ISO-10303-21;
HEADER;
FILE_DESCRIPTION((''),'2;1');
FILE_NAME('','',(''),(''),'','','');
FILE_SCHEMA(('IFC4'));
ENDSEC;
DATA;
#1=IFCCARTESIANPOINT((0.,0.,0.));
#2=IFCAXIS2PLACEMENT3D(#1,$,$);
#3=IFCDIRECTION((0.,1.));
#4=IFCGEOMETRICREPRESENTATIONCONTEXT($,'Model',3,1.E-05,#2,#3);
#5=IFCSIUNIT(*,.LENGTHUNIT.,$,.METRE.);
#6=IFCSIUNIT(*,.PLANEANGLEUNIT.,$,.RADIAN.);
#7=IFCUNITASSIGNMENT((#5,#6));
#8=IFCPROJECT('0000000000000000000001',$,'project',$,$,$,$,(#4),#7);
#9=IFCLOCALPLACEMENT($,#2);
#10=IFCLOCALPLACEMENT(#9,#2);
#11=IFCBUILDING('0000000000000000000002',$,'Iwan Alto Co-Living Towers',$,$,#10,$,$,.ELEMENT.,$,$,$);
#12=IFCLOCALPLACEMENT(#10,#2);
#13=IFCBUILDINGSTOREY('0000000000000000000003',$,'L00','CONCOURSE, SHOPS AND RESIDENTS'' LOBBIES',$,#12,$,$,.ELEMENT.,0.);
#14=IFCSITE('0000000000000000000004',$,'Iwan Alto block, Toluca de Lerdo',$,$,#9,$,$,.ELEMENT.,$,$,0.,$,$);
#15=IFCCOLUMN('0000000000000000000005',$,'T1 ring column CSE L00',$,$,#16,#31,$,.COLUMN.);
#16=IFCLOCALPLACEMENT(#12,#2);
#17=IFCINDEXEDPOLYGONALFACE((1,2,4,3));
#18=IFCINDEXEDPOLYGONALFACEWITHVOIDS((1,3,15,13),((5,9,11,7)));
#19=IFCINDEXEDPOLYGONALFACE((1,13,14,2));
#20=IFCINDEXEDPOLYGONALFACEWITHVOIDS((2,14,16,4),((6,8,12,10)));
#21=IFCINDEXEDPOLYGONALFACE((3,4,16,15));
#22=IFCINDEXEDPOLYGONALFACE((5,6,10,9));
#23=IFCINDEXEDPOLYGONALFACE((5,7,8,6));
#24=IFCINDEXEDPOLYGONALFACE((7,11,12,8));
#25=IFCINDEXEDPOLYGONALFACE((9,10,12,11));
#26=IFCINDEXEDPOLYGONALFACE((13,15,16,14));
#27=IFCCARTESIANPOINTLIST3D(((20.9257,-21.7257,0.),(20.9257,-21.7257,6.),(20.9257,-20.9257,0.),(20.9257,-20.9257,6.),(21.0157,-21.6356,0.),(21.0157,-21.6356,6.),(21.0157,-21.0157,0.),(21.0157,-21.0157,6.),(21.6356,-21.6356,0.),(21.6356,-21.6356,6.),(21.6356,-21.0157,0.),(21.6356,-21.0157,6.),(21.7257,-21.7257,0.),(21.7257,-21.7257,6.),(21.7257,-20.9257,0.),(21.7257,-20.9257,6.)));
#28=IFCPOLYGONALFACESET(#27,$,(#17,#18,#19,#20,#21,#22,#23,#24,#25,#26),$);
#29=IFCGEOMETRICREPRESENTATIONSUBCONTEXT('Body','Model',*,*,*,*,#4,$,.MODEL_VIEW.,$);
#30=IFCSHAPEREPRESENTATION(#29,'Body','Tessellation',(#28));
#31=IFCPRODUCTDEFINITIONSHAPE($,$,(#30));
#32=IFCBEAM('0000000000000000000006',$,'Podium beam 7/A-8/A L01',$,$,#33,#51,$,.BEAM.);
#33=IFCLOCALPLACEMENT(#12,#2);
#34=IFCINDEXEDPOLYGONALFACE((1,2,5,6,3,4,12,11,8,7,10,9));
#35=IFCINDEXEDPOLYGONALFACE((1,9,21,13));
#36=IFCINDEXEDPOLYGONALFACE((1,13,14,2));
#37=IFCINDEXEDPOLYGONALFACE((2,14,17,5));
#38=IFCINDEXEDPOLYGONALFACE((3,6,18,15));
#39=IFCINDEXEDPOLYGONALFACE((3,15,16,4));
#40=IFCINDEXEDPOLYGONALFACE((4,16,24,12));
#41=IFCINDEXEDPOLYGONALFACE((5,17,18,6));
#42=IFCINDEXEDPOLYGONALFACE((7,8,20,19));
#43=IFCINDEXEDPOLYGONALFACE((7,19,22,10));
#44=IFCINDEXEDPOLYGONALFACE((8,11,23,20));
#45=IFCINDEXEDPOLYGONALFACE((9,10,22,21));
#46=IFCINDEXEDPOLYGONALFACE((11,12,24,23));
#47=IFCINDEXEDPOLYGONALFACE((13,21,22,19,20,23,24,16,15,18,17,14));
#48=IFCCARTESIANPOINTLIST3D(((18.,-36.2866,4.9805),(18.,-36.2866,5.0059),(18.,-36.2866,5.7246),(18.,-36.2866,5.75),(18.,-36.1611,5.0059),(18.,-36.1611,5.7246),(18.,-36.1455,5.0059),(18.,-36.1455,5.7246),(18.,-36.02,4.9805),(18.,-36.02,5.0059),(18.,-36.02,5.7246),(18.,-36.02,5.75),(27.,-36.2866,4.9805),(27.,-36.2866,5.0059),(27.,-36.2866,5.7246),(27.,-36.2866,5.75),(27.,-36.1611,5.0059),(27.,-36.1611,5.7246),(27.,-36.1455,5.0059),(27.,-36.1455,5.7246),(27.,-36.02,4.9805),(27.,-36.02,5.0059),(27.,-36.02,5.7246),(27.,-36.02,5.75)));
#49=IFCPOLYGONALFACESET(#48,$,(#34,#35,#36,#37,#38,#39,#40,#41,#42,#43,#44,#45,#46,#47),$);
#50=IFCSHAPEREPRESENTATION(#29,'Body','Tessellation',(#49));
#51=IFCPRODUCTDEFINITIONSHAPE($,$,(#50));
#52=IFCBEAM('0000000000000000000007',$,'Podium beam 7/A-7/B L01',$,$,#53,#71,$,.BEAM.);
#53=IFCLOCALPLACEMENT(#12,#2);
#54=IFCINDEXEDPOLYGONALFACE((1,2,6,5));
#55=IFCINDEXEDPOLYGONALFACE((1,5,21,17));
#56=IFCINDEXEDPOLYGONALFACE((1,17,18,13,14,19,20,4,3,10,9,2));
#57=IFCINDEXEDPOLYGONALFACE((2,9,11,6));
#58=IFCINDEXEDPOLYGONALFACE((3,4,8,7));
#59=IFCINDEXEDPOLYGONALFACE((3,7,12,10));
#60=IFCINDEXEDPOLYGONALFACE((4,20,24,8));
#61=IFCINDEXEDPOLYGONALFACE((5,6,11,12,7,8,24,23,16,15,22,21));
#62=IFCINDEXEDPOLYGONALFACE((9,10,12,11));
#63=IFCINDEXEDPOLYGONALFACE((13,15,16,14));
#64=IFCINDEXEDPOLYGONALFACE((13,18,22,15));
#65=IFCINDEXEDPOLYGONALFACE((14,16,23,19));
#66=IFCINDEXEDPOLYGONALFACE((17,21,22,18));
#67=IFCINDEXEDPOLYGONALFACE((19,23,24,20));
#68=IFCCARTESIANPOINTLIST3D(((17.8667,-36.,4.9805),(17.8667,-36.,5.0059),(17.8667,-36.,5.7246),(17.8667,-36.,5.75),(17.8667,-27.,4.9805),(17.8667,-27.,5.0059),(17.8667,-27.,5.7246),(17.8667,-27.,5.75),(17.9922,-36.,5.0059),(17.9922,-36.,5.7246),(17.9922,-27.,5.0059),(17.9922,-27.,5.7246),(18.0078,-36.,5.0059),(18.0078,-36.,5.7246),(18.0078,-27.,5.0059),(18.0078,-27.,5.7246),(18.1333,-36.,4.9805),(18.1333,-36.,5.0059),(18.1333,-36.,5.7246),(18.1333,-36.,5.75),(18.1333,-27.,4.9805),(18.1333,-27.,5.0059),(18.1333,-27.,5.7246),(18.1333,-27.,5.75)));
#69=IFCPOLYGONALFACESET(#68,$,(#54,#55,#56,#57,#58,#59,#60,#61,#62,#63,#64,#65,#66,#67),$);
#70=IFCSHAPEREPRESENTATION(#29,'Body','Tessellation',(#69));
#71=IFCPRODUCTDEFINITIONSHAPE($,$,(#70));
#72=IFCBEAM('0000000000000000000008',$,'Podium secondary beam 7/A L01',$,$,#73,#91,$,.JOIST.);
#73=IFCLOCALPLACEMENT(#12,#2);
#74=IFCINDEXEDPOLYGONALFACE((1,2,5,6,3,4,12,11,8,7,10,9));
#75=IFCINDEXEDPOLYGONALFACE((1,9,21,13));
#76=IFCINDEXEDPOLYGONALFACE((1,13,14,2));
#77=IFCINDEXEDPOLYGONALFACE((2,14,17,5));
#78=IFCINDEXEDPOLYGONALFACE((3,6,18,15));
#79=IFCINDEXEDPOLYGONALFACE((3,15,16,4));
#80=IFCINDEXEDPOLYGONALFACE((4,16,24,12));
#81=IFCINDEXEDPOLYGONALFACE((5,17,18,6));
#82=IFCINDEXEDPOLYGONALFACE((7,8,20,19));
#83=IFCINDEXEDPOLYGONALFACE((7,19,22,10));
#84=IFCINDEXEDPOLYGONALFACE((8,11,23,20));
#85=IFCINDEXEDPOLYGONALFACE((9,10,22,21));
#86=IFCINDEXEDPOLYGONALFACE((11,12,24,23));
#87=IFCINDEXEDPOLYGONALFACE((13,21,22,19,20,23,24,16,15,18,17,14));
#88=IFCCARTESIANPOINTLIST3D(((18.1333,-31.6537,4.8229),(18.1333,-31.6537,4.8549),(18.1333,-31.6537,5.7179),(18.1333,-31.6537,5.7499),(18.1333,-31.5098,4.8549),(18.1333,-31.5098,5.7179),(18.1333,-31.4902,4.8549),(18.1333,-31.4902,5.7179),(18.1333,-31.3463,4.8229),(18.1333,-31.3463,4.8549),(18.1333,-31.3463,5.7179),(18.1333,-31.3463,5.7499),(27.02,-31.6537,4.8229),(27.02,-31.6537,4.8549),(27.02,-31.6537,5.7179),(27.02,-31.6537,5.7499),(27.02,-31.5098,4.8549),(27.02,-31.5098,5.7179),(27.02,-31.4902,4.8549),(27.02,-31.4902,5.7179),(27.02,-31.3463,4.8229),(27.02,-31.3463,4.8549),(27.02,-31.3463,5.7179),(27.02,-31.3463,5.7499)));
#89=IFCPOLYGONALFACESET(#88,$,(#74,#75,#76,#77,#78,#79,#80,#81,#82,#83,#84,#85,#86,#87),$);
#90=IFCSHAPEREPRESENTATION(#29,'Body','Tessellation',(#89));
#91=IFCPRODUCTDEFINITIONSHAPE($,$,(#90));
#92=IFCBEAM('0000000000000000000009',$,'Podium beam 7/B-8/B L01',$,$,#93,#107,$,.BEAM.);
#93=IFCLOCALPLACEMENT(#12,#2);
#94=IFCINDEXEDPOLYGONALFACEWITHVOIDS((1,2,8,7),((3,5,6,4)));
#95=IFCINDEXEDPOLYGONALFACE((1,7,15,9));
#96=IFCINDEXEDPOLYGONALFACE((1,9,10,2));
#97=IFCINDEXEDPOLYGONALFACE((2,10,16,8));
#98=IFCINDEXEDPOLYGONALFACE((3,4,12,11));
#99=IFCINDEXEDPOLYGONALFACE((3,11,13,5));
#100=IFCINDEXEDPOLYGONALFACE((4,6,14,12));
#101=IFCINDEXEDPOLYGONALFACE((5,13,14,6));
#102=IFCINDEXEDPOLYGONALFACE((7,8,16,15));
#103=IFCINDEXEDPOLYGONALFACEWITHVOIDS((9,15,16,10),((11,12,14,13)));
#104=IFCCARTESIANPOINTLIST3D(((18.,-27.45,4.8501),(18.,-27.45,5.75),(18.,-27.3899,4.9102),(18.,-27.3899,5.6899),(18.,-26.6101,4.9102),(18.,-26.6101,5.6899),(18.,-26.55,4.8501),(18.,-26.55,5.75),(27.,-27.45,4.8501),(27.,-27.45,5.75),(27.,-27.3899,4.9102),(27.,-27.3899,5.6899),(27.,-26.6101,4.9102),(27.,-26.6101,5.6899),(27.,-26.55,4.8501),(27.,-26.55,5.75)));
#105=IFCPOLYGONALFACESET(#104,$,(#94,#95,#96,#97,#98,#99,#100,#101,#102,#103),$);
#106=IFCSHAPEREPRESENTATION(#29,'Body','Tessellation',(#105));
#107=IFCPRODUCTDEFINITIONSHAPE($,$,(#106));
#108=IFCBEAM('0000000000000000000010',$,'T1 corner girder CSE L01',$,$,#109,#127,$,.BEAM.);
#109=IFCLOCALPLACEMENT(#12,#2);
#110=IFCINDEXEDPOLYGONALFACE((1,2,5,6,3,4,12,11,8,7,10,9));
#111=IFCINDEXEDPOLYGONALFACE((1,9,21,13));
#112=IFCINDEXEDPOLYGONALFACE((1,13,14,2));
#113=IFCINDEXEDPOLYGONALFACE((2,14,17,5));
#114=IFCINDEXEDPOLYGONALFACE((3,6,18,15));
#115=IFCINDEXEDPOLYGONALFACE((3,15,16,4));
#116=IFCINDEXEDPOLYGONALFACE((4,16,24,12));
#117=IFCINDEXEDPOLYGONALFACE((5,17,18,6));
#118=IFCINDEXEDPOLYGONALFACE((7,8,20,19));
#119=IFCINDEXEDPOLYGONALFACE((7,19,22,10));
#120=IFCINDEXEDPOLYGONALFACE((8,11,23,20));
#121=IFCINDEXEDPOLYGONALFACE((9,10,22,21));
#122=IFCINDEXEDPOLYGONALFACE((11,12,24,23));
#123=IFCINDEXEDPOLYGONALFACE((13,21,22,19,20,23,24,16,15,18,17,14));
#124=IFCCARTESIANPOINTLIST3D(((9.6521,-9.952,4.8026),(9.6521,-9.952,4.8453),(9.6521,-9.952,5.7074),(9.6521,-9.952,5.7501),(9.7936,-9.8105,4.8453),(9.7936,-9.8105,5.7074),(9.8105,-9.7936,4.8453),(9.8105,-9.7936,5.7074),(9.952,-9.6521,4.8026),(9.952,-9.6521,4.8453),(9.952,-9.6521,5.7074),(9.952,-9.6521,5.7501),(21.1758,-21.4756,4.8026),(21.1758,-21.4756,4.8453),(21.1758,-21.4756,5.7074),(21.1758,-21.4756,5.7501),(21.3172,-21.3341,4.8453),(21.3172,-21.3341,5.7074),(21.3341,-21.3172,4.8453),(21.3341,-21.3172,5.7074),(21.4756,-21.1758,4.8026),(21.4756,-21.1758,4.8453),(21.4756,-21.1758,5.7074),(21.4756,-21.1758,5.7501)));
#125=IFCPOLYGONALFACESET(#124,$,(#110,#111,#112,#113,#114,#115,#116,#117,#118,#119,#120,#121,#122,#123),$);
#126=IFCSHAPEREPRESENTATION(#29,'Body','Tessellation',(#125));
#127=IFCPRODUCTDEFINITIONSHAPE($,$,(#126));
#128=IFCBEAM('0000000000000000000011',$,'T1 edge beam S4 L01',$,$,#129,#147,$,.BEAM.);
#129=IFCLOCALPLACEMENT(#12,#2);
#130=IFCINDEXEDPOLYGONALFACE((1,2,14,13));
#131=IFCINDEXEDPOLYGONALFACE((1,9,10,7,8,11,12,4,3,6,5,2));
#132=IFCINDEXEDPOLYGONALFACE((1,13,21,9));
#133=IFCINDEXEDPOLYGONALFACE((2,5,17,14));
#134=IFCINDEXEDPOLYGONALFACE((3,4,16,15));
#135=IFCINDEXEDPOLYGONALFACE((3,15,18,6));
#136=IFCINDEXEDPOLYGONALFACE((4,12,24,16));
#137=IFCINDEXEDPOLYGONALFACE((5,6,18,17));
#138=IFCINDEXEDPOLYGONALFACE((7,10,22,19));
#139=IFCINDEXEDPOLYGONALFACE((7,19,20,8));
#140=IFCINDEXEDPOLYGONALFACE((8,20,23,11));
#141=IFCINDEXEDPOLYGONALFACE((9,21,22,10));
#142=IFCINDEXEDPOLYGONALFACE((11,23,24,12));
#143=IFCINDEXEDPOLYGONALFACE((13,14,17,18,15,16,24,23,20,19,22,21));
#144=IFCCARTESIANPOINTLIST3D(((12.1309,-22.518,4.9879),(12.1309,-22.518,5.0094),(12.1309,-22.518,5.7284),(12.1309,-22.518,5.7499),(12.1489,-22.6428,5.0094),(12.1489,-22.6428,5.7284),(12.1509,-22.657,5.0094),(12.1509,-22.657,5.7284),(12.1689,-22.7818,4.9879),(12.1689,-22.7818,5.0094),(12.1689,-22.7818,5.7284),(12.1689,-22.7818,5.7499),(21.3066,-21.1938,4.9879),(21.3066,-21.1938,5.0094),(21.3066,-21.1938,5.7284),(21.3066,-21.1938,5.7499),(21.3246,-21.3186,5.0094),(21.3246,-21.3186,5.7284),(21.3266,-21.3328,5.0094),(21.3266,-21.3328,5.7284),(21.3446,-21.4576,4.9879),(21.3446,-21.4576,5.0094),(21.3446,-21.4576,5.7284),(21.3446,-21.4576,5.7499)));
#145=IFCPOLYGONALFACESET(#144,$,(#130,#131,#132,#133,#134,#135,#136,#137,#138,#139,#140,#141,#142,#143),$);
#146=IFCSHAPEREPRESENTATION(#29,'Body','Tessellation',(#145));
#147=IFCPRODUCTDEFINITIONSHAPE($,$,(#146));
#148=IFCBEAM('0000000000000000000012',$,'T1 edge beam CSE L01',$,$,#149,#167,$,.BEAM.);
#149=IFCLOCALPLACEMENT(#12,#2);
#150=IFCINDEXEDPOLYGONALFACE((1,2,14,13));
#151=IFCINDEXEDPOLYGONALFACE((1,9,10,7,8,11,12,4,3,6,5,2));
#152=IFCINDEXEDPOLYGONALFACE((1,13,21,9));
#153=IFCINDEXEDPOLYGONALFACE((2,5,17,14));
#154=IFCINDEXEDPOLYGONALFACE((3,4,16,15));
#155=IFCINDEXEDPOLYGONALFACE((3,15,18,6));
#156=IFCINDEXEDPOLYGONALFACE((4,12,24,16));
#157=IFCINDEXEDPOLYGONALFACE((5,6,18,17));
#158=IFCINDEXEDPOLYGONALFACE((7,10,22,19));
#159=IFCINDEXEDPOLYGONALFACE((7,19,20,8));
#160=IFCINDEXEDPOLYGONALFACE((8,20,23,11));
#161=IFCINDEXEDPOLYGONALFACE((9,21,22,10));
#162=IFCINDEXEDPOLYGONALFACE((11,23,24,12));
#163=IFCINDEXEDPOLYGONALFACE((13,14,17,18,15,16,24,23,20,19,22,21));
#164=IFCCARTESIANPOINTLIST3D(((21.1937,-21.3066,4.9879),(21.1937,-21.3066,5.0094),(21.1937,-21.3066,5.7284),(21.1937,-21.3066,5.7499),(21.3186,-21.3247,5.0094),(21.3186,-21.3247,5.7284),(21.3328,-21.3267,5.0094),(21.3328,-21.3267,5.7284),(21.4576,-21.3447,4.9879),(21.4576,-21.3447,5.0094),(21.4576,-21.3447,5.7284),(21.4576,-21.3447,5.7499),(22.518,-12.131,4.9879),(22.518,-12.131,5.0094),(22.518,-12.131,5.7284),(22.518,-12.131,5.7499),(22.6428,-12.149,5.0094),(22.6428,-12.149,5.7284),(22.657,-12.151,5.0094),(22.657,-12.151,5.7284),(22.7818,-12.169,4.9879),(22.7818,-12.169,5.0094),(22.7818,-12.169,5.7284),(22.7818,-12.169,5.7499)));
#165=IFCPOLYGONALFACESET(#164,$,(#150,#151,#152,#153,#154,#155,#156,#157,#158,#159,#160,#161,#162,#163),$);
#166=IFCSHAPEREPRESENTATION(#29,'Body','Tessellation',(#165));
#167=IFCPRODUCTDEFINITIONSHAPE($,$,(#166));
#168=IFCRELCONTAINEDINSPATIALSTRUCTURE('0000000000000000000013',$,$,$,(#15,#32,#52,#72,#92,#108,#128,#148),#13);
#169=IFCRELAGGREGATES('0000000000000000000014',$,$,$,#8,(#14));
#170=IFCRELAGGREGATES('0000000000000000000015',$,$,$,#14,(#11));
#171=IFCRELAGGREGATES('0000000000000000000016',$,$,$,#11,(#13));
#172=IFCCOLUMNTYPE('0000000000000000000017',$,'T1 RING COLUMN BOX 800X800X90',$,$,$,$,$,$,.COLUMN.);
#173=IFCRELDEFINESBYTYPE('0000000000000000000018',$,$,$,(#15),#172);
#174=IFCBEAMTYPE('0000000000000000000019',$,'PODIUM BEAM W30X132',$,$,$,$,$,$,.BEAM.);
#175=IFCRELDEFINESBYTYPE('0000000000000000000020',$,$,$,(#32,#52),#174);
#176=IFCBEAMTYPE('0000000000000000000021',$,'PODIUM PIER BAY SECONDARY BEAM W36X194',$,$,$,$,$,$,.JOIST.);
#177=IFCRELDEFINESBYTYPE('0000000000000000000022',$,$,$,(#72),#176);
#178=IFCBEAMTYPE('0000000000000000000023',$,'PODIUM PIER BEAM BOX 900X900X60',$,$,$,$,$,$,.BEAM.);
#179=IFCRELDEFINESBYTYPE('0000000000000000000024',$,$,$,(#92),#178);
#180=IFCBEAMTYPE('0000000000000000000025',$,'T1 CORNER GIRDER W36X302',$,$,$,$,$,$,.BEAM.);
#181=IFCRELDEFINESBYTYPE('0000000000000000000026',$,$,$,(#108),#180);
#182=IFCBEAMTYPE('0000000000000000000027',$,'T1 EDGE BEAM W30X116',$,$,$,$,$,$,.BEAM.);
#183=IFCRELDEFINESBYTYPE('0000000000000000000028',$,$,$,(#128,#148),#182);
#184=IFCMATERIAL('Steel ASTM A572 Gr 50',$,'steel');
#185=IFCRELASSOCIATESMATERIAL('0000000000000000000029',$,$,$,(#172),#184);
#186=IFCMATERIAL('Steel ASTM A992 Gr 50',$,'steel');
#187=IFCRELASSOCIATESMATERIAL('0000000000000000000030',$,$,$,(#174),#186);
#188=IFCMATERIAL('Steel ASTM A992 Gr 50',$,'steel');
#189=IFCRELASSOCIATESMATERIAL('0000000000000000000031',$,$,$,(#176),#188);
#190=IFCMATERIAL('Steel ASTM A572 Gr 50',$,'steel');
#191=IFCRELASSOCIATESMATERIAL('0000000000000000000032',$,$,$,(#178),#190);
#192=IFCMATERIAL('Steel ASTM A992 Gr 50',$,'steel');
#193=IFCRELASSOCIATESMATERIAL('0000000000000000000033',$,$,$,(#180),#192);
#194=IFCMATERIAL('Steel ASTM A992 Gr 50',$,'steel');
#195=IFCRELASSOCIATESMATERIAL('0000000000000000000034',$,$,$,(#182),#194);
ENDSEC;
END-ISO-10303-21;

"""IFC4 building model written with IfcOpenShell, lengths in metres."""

from ifc_helpers import new_model, si_unit, direction, frame, origin, origin_2d, place, context, subcontext, project, spatial, hollow_rectangle, i_section, extrude, material, material_profile, profile_set, type_object, element, save


model = new_model("IFC4")

# Units and contexts
model_context = context("Model", 3, precision=1e-05, world=origin(), true_north=direction((0.0, 1.0)))
body_context = subcontext(model_context, "Body", "Model", "MODEL_VIEW")
ifc_project = project(units=[si_unit("LENGTHUNIT", "METRE"), si_unit("PLANEANGLEUNIT", "RADIAN")], contexts=[model_context])

# Site, building, storey
site_placement = place(None, origin())
site = spatial("IfcSite", under=ifc_project, at=site_placement, Name="Iwan Alto block, Toluca de Lerdo", CompositionType="ELEMENT", RefElevation=0.0)
building_placement = place(site_placement, origin())
building = spatial("IfcBuilding", under=site, at=building_placement, Name="Iwan Alto Co-Living Towers", CompositionType="ELEMENT")
storey_placement = place(building_placement, origin())
storey = spatial("IfcBuildingStorey", under=building, at=storey_placement, Name="L00", Description="CONCOURSE, SHOPS AND RESIDENTS' LOBBIES", CompositionType="ELEMENT", Elevation=0.0)

# Column
ifc_material_1 = material(Name="Steel ASTM A572 Gr 50", Category="steel")
ifc_material_profile_1 = material_profile(ifc_material_1, hollow_rectangle(XDim=0.8, YDim=0.8, WallThickness=0.0901, at=origin_2d()), Name="BOX 800X800X90")
ifc_profile_set_1 = profile_set([ifc_material_profile_1], Name="Steel ASTM A572 Gr 50")
column_type = type_object("IfcColumnType", Name="T1 RING COLUMN BOX 800X800X90", PredefinedType="COLUMN", material=ifc_profile_set_1)
column_placement = place(storey_placement, frame((21.3257, -21.3257, 0.0), z_axis=(0.0, 0.0, 1.0), x_axis=(1.0, 0.0, 0.0)))
element("IfcColumn", 1, at=column_placement, inside=storey, type_object=column_type, Name="T1 ring column CSE L00", PredefinedType="COLUMN", context=body_context, shape_type="SweptSolid", body=[
    extrude(hollow_rectangle(XDim=0.8, YDim=0.8, WallThickness=0.0901, at=origin_2d()), origin(), (0.0, 0.0, 1.0), 6.0),
])

# Beams
ifc_material_2 = material(Name="Steel ASTM A992 Gr 50", Category="steel")
ifc_material_profile_2 = material_profile(ifc_material_2, i_section(OverallWidth=0.2666, OverallDepth=0.7695, WebThickness=0.0156, FlangeThickness=0.0254, at=origin_2d()), Name="W30X132")
ifc_profile_set_2 = profile_set([ifc_material_profile_2], Name="Steel ASTM A992 Gr 50")
beam_type_1 = type_object("IfcBeamType", Name="PODIUM BEAM W30X132", PredefinedType="BEAM", material=ifc_profile_set_2)
for number, where, z_axis, x_axis, name in (
    (2, (18.0, -36.1533, 5.3652), (1.0, 0.0, 0.0), (0.0, 1.0, 0.0), "Podium beam 7/A-8/A L01"),
    (3, (18.0, -36.0, 5.3652), (0.0, 1.0, 0.0), (-1.0, 0.0, 0.0), "Podium beam 7/A-7/B L01"),
):
    element("IfcBeam", number, at=place(storey_placement, frame(where, z_axis=z_axis, x_axis=x_axis)), inside=storey, type_object=beam_type_1, Name=name, PredefinedType="BEAM", context=body_context, shape_type="SweptSolid", body=[
        extrude(i_section(OverallWidth=0.2666, OverallDepth=0.7695, WebThickness=0.0156, FlangeThickness=0.0254, at=origin_2d()), origin(), (0.0, 0.0, 1.0), 9.0),
    ])
ifc_material_3 = material(Name="Steel ASTM A992 Gr 50", Category="steel")
ifc_material_profile_3 = material_profile(ifc_material_3, i_section(OverallWidth=0.3074, OverallDepth=0.927, WebThickness=0.0195, FlangeThickness=0.032, at=origin_2d()), Name="W36X194")
ifc_profile_set_3 = profile_set([ifc_material_profile_3], Name="Steel ASTM A992 Gr 50")
beam_type_2 = type_object("IfcBeamType", Name="PODIUM PIER BAY SECONDARY BEAM W36X194", PredefinedType="JOIST", material=ifc_profile_set_3)
beam_1_placement = place(storey_placement, frame((18.1333, -31.5, 5.2864), z_axis=(1.0, 0.0, 0.0), x_axis=(0.0, 1.0, 0.0)))
element("IfcBeam", 4, at=beam_1_placement, inside=storey, type_object=beam_type_2, Name="Podium secondary beam 7/A L01", PredefinedType="JOIST", context=body_context, shape_type="SweptSolid", body=[
    extrude(i_section(OverallWidth=0.3074, OverallDepth=0.927, WebThickness=0.0195, FlangeThickness=0.032, at=origin_2d()), origin(), (0.0, 0.0, 1.0), 8.8867),
])
ifc_material_4 = material(Name="Steel ASTM A572 Gr 50", Category="steel")
ifc_material_profile_4 = material_profile(ifc_material_4, hollow_rectangle(XDim=0.8999, YDim=0.8999, WallThickness=0.0601, at=origin_2d()), Name="BOX 900X900X60")
ifc_profile_set_4 = profile_set([ifc_material_profile_4], Name="Steel ASTM A572 Gr 50")
beam_type_3 = type_object("IfcBeamType", Name="PODIUM PIER BEAM BOX 900X900X60", PredefinedType="BEAM", material=ifc_profile_set_4)
beam_2_placement = place(storey_placement, frame((18.0, -27.0, 5.3), z_axis=(1.0, 0.0, 0.0), x_axis=(0.0, 1.0, 0.0)))
element("IfcBeam", 5, at=beam_2_placement, inside=storey, type_object=beam_type_3, Name="Podium beam 7/B-8/B L01", PredefinedType="BEAM", context=body_context, shape_type="SweptSolid", body=[
    extrude(hollow_rectangle(XDim=0.8999, YDim=0.8999, WallThickness=0.0601, at=origin_2d()), origin(), (0.0, 0.0, 1.0), 9.0),
])
ifc_material_5 = material(Name="Steel ASTM A992 Gr 50", Category="steel")
ifc_material_profile_5 = material_profile(ifc_material_5, i_section(OverallWidth=0.4241, OverallDepth=0.9475, WebThickness=0.0239, FlangeThickness=0.0427, at=origin_2d()), Name="W36X302")
ifc_profile_set_5 = profile_set([ifc_material_profile_5], Name="Steel ASTM A992 Gr 50")
beam_type_4 = type_object("IfcBeamType", Name="T1 CORNER GIRDER W36X302", PredefinedType="BEAM", material=ifc_profile_set_5)
beam_3_placement = place(storey_placement, frame((21.3257, -21.3257, 5.2764), z_axis=(-0.707107, 0.707107, 0.0), x_axis=(-0.707107, -0.707107, 0.0)))
element("IfcBeam", 6, at=beam_3_placement, inside=storey, type_object=beam_type_4, Name="T1 corner girder CSE L01", PredefinedType="BEAM", context=body_context, shape_type="SweptSolid", body=[
    extrude(i_section(OverallWidth=0.4241, OverallDepth=0.9475, WebThickness=0.0239, FlangeThickness=0.0427, at=origin_2d()), origin(), (0.0, 0.0, 1.0), 16.2969),
])
ifc_material_6 = material(Name="Steel ASTM A992 Gr 50", Category="steel")
ifc_material_profile_6 = material_profile(ifc_material_6, i_section(OverallWidth=0.2666, OverallDepth=0.762, WebThickness=0.0144, FlangeThickness=0.0215, at=origin_2d()), Name="W30X116")
ifc_profile_set_6 = profile_set([ifc_material_profile_6], Name="Steel ASTM A992 Gr 50")
beam_type_5 = type_object("IfcBeamType", Name="T1 EDGE BEAM W30X116", PredefinedType="BEAM", material=ifc_profile_set_6)
for number, where, z_axis, x_axis, name in (
    (7, (12.1499, -22.6499, 5.3689), (0.989746, 0.142837, 0.0), (-0.142837, 0.989746, 0.0), "T1 edge beam S4 L01"),
    (8, (21.3257, -21.3257, 5.3689), (0.142837, 0.989746, 0.0), (-0.989746, 0.142837, 0.0), "T1 edge beam CSE L01"),
):
    element("IfcBeam", number, at=place(storey_placement, frame(where, z_axis=z_axis, x_axis=x_axis)), inside=storey, type_object=beam_type_5, Name=name, PredefinedType="BEAM", context=body_context, shape_type="SweptSolid", body=[
        extrude(i_section(OverallWidth=0.2666, OverallDepth=0.762, WebThickness=0.0144, FlangeThickness=0.0215, at=origin_2d()), origin(), (0.0, 0.0, 1.0), 9.2708),
    ])

save(model, "model.ifc")
